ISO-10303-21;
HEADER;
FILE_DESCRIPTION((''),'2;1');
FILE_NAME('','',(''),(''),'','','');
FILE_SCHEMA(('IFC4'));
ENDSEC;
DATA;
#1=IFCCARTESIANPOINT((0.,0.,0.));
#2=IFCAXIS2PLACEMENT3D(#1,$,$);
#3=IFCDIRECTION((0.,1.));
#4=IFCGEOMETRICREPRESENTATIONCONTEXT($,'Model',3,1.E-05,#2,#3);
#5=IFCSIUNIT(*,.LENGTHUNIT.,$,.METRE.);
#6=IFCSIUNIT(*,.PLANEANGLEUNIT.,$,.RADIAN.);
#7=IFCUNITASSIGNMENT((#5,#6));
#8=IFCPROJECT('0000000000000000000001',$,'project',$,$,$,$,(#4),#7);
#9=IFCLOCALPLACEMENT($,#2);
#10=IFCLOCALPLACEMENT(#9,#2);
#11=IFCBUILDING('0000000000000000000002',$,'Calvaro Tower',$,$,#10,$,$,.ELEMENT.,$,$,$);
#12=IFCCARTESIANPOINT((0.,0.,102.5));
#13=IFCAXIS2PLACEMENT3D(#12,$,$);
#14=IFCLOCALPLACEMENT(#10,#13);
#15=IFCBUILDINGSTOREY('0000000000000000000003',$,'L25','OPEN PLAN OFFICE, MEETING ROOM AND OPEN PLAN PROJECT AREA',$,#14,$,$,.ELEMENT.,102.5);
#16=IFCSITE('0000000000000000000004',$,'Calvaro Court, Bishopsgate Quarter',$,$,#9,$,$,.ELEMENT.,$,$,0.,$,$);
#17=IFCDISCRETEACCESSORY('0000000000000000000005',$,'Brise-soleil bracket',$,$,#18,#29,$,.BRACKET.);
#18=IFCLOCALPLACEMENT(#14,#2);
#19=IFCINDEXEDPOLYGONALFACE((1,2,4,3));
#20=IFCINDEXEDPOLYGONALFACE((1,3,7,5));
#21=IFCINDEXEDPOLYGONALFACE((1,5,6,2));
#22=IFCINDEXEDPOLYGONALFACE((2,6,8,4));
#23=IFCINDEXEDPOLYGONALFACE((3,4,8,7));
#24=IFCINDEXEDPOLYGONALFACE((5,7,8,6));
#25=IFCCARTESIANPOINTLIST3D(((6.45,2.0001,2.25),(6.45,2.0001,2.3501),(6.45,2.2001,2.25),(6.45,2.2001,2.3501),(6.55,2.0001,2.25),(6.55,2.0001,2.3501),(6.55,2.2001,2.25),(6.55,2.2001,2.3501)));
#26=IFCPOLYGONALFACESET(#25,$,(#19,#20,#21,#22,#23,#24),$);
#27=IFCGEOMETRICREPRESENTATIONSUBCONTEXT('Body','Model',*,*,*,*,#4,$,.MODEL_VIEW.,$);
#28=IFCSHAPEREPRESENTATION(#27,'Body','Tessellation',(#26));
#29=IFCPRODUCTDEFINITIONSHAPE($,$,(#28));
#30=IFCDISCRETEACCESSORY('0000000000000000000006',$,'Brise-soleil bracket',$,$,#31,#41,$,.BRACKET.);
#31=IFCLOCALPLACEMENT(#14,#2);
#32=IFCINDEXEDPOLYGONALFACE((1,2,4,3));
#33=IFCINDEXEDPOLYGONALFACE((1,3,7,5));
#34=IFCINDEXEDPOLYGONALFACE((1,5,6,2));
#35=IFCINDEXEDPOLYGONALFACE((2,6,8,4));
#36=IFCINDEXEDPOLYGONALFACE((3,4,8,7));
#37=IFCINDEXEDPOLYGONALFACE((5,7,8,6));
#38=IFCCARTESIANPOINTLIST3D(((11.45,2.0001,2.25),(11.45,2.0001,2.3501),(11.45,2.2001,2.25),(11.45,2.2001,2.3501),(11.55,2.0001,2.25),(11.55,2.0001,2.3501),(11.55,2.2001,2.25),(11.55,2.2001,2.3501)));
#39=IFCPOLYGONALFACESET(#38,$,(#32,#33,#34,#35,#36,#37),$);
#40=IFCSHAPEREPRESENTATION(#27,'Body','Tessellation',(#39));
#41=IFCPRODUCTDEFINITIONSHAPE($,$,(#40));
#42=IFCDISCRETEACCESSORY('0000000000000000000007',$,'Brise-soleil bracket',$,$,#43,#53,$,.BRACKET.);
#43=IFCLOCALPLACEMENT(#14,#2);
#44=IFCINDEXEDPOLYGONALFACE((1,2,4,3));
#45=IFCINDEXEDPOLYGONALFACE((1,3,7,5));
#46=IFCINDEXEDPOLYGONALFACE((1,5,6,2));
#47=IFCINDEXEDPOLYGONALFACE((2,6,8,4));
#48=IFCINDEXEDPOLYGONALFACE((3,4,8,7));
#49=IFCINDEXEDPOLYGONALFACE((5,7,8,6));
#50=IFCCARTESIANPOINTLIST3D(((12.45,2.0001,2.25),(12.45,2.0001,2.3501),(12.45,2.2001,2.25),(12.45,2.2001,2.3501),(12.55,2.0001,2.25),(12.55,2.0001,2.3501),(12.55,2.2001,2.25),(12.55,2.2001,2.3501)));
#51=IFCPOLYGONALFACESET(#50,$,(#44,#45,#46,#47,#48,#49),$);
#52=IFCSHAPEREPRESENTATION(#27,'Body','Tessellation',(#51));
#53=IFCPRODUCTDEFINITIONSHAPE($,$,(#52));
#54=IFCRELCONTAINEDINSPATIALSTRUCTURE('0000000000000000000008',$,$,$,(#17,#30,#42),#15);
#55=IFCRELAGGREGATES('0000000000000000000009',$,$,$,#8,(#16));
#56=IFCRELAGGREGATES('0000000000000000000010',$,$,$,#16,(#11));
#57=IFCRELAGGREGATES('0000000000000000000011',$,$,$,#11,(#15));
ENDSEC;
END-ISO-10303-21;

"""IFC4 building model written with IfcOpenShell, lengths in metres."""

from ifc_helpers import new_model, si_unit, direction, frame, origin, origin_2d, place, context, subcontext, project, spatial, rectangle, extrude, element, save


model = new_model("IFC4")

# Units and contexts
model_context = context("Model", 3, precision=1e-05, world=origin(), true_north=direction((0.0, 1.0)))
body_context = subcontext(model_context, "Body", "Model", "MODEL_VIEW")
ifc_project = project(units=[si_unit("LENGTHUNIT", "METRE"), si_unit("PLANEANGLEUNIT", "RADIAN")], contexts=[model_context])

# Site, building, storey
site_placement = place(None, origin())
site = spatial("IfcSite", under=ifc_project, at=site_placement, Name="Calvaro Court, Bishopsgate Quarter", CompositionType="ELEMENT", RefElevation=0.0)
building_placement = place(site_placement, origin())
building = spatial("IfcBuilding", under=site, at=building_placement, Name="Calvaro Tower", CompositionType="ELEMENT")
storey_placement = place(building_placement, frame((0.0, 0.0, 102.5)))
storey = spatial("IfcBuildingStorey", under=building, at=storey_placement, Name="L25", Description="OPEN PLAN OFFICE, MEETING ROOM AND OPEN PLAN PROJECT AREA", CompositionType="ELEMENT", Elevation=102.5)

# Discrete accessories
for number, where, z_axis, x_axis, name in (
    (1, (6.5, 2.1001, 2.25), (0.0, 0.0, 1.0), (1.0, 0.0, 0.0), "Brise-soleil bracket"),
    (2, (11.5, 2.1001, 2.25), (0.0, 0.0, 1.0), (1.0, 0.0, 0.0), "Brise-soleil bracket"),
    (3, (12.5, 2.1001, 2.25), (0.0, 0.0, 1.0), (1.0, 0.0, 0.0), "Brise-soleil bracket"),
):
    element("IfcDiscreteAccessory", number, at=place(storey_placement, frame(where, z_axis=z_axis, x_axis=x_axis)), inside=storey, Name=name, PredefinedType="BRACKET", context=body_context, shape_type="SweptSolid", body=[
        extrude(rectangle(XDim=0.1001, YDim=0.2, at=origin_2d()), origin(), (0.0, 0.0, 1.0), 0.1001),
    ])

save(model, "model.ifc")
